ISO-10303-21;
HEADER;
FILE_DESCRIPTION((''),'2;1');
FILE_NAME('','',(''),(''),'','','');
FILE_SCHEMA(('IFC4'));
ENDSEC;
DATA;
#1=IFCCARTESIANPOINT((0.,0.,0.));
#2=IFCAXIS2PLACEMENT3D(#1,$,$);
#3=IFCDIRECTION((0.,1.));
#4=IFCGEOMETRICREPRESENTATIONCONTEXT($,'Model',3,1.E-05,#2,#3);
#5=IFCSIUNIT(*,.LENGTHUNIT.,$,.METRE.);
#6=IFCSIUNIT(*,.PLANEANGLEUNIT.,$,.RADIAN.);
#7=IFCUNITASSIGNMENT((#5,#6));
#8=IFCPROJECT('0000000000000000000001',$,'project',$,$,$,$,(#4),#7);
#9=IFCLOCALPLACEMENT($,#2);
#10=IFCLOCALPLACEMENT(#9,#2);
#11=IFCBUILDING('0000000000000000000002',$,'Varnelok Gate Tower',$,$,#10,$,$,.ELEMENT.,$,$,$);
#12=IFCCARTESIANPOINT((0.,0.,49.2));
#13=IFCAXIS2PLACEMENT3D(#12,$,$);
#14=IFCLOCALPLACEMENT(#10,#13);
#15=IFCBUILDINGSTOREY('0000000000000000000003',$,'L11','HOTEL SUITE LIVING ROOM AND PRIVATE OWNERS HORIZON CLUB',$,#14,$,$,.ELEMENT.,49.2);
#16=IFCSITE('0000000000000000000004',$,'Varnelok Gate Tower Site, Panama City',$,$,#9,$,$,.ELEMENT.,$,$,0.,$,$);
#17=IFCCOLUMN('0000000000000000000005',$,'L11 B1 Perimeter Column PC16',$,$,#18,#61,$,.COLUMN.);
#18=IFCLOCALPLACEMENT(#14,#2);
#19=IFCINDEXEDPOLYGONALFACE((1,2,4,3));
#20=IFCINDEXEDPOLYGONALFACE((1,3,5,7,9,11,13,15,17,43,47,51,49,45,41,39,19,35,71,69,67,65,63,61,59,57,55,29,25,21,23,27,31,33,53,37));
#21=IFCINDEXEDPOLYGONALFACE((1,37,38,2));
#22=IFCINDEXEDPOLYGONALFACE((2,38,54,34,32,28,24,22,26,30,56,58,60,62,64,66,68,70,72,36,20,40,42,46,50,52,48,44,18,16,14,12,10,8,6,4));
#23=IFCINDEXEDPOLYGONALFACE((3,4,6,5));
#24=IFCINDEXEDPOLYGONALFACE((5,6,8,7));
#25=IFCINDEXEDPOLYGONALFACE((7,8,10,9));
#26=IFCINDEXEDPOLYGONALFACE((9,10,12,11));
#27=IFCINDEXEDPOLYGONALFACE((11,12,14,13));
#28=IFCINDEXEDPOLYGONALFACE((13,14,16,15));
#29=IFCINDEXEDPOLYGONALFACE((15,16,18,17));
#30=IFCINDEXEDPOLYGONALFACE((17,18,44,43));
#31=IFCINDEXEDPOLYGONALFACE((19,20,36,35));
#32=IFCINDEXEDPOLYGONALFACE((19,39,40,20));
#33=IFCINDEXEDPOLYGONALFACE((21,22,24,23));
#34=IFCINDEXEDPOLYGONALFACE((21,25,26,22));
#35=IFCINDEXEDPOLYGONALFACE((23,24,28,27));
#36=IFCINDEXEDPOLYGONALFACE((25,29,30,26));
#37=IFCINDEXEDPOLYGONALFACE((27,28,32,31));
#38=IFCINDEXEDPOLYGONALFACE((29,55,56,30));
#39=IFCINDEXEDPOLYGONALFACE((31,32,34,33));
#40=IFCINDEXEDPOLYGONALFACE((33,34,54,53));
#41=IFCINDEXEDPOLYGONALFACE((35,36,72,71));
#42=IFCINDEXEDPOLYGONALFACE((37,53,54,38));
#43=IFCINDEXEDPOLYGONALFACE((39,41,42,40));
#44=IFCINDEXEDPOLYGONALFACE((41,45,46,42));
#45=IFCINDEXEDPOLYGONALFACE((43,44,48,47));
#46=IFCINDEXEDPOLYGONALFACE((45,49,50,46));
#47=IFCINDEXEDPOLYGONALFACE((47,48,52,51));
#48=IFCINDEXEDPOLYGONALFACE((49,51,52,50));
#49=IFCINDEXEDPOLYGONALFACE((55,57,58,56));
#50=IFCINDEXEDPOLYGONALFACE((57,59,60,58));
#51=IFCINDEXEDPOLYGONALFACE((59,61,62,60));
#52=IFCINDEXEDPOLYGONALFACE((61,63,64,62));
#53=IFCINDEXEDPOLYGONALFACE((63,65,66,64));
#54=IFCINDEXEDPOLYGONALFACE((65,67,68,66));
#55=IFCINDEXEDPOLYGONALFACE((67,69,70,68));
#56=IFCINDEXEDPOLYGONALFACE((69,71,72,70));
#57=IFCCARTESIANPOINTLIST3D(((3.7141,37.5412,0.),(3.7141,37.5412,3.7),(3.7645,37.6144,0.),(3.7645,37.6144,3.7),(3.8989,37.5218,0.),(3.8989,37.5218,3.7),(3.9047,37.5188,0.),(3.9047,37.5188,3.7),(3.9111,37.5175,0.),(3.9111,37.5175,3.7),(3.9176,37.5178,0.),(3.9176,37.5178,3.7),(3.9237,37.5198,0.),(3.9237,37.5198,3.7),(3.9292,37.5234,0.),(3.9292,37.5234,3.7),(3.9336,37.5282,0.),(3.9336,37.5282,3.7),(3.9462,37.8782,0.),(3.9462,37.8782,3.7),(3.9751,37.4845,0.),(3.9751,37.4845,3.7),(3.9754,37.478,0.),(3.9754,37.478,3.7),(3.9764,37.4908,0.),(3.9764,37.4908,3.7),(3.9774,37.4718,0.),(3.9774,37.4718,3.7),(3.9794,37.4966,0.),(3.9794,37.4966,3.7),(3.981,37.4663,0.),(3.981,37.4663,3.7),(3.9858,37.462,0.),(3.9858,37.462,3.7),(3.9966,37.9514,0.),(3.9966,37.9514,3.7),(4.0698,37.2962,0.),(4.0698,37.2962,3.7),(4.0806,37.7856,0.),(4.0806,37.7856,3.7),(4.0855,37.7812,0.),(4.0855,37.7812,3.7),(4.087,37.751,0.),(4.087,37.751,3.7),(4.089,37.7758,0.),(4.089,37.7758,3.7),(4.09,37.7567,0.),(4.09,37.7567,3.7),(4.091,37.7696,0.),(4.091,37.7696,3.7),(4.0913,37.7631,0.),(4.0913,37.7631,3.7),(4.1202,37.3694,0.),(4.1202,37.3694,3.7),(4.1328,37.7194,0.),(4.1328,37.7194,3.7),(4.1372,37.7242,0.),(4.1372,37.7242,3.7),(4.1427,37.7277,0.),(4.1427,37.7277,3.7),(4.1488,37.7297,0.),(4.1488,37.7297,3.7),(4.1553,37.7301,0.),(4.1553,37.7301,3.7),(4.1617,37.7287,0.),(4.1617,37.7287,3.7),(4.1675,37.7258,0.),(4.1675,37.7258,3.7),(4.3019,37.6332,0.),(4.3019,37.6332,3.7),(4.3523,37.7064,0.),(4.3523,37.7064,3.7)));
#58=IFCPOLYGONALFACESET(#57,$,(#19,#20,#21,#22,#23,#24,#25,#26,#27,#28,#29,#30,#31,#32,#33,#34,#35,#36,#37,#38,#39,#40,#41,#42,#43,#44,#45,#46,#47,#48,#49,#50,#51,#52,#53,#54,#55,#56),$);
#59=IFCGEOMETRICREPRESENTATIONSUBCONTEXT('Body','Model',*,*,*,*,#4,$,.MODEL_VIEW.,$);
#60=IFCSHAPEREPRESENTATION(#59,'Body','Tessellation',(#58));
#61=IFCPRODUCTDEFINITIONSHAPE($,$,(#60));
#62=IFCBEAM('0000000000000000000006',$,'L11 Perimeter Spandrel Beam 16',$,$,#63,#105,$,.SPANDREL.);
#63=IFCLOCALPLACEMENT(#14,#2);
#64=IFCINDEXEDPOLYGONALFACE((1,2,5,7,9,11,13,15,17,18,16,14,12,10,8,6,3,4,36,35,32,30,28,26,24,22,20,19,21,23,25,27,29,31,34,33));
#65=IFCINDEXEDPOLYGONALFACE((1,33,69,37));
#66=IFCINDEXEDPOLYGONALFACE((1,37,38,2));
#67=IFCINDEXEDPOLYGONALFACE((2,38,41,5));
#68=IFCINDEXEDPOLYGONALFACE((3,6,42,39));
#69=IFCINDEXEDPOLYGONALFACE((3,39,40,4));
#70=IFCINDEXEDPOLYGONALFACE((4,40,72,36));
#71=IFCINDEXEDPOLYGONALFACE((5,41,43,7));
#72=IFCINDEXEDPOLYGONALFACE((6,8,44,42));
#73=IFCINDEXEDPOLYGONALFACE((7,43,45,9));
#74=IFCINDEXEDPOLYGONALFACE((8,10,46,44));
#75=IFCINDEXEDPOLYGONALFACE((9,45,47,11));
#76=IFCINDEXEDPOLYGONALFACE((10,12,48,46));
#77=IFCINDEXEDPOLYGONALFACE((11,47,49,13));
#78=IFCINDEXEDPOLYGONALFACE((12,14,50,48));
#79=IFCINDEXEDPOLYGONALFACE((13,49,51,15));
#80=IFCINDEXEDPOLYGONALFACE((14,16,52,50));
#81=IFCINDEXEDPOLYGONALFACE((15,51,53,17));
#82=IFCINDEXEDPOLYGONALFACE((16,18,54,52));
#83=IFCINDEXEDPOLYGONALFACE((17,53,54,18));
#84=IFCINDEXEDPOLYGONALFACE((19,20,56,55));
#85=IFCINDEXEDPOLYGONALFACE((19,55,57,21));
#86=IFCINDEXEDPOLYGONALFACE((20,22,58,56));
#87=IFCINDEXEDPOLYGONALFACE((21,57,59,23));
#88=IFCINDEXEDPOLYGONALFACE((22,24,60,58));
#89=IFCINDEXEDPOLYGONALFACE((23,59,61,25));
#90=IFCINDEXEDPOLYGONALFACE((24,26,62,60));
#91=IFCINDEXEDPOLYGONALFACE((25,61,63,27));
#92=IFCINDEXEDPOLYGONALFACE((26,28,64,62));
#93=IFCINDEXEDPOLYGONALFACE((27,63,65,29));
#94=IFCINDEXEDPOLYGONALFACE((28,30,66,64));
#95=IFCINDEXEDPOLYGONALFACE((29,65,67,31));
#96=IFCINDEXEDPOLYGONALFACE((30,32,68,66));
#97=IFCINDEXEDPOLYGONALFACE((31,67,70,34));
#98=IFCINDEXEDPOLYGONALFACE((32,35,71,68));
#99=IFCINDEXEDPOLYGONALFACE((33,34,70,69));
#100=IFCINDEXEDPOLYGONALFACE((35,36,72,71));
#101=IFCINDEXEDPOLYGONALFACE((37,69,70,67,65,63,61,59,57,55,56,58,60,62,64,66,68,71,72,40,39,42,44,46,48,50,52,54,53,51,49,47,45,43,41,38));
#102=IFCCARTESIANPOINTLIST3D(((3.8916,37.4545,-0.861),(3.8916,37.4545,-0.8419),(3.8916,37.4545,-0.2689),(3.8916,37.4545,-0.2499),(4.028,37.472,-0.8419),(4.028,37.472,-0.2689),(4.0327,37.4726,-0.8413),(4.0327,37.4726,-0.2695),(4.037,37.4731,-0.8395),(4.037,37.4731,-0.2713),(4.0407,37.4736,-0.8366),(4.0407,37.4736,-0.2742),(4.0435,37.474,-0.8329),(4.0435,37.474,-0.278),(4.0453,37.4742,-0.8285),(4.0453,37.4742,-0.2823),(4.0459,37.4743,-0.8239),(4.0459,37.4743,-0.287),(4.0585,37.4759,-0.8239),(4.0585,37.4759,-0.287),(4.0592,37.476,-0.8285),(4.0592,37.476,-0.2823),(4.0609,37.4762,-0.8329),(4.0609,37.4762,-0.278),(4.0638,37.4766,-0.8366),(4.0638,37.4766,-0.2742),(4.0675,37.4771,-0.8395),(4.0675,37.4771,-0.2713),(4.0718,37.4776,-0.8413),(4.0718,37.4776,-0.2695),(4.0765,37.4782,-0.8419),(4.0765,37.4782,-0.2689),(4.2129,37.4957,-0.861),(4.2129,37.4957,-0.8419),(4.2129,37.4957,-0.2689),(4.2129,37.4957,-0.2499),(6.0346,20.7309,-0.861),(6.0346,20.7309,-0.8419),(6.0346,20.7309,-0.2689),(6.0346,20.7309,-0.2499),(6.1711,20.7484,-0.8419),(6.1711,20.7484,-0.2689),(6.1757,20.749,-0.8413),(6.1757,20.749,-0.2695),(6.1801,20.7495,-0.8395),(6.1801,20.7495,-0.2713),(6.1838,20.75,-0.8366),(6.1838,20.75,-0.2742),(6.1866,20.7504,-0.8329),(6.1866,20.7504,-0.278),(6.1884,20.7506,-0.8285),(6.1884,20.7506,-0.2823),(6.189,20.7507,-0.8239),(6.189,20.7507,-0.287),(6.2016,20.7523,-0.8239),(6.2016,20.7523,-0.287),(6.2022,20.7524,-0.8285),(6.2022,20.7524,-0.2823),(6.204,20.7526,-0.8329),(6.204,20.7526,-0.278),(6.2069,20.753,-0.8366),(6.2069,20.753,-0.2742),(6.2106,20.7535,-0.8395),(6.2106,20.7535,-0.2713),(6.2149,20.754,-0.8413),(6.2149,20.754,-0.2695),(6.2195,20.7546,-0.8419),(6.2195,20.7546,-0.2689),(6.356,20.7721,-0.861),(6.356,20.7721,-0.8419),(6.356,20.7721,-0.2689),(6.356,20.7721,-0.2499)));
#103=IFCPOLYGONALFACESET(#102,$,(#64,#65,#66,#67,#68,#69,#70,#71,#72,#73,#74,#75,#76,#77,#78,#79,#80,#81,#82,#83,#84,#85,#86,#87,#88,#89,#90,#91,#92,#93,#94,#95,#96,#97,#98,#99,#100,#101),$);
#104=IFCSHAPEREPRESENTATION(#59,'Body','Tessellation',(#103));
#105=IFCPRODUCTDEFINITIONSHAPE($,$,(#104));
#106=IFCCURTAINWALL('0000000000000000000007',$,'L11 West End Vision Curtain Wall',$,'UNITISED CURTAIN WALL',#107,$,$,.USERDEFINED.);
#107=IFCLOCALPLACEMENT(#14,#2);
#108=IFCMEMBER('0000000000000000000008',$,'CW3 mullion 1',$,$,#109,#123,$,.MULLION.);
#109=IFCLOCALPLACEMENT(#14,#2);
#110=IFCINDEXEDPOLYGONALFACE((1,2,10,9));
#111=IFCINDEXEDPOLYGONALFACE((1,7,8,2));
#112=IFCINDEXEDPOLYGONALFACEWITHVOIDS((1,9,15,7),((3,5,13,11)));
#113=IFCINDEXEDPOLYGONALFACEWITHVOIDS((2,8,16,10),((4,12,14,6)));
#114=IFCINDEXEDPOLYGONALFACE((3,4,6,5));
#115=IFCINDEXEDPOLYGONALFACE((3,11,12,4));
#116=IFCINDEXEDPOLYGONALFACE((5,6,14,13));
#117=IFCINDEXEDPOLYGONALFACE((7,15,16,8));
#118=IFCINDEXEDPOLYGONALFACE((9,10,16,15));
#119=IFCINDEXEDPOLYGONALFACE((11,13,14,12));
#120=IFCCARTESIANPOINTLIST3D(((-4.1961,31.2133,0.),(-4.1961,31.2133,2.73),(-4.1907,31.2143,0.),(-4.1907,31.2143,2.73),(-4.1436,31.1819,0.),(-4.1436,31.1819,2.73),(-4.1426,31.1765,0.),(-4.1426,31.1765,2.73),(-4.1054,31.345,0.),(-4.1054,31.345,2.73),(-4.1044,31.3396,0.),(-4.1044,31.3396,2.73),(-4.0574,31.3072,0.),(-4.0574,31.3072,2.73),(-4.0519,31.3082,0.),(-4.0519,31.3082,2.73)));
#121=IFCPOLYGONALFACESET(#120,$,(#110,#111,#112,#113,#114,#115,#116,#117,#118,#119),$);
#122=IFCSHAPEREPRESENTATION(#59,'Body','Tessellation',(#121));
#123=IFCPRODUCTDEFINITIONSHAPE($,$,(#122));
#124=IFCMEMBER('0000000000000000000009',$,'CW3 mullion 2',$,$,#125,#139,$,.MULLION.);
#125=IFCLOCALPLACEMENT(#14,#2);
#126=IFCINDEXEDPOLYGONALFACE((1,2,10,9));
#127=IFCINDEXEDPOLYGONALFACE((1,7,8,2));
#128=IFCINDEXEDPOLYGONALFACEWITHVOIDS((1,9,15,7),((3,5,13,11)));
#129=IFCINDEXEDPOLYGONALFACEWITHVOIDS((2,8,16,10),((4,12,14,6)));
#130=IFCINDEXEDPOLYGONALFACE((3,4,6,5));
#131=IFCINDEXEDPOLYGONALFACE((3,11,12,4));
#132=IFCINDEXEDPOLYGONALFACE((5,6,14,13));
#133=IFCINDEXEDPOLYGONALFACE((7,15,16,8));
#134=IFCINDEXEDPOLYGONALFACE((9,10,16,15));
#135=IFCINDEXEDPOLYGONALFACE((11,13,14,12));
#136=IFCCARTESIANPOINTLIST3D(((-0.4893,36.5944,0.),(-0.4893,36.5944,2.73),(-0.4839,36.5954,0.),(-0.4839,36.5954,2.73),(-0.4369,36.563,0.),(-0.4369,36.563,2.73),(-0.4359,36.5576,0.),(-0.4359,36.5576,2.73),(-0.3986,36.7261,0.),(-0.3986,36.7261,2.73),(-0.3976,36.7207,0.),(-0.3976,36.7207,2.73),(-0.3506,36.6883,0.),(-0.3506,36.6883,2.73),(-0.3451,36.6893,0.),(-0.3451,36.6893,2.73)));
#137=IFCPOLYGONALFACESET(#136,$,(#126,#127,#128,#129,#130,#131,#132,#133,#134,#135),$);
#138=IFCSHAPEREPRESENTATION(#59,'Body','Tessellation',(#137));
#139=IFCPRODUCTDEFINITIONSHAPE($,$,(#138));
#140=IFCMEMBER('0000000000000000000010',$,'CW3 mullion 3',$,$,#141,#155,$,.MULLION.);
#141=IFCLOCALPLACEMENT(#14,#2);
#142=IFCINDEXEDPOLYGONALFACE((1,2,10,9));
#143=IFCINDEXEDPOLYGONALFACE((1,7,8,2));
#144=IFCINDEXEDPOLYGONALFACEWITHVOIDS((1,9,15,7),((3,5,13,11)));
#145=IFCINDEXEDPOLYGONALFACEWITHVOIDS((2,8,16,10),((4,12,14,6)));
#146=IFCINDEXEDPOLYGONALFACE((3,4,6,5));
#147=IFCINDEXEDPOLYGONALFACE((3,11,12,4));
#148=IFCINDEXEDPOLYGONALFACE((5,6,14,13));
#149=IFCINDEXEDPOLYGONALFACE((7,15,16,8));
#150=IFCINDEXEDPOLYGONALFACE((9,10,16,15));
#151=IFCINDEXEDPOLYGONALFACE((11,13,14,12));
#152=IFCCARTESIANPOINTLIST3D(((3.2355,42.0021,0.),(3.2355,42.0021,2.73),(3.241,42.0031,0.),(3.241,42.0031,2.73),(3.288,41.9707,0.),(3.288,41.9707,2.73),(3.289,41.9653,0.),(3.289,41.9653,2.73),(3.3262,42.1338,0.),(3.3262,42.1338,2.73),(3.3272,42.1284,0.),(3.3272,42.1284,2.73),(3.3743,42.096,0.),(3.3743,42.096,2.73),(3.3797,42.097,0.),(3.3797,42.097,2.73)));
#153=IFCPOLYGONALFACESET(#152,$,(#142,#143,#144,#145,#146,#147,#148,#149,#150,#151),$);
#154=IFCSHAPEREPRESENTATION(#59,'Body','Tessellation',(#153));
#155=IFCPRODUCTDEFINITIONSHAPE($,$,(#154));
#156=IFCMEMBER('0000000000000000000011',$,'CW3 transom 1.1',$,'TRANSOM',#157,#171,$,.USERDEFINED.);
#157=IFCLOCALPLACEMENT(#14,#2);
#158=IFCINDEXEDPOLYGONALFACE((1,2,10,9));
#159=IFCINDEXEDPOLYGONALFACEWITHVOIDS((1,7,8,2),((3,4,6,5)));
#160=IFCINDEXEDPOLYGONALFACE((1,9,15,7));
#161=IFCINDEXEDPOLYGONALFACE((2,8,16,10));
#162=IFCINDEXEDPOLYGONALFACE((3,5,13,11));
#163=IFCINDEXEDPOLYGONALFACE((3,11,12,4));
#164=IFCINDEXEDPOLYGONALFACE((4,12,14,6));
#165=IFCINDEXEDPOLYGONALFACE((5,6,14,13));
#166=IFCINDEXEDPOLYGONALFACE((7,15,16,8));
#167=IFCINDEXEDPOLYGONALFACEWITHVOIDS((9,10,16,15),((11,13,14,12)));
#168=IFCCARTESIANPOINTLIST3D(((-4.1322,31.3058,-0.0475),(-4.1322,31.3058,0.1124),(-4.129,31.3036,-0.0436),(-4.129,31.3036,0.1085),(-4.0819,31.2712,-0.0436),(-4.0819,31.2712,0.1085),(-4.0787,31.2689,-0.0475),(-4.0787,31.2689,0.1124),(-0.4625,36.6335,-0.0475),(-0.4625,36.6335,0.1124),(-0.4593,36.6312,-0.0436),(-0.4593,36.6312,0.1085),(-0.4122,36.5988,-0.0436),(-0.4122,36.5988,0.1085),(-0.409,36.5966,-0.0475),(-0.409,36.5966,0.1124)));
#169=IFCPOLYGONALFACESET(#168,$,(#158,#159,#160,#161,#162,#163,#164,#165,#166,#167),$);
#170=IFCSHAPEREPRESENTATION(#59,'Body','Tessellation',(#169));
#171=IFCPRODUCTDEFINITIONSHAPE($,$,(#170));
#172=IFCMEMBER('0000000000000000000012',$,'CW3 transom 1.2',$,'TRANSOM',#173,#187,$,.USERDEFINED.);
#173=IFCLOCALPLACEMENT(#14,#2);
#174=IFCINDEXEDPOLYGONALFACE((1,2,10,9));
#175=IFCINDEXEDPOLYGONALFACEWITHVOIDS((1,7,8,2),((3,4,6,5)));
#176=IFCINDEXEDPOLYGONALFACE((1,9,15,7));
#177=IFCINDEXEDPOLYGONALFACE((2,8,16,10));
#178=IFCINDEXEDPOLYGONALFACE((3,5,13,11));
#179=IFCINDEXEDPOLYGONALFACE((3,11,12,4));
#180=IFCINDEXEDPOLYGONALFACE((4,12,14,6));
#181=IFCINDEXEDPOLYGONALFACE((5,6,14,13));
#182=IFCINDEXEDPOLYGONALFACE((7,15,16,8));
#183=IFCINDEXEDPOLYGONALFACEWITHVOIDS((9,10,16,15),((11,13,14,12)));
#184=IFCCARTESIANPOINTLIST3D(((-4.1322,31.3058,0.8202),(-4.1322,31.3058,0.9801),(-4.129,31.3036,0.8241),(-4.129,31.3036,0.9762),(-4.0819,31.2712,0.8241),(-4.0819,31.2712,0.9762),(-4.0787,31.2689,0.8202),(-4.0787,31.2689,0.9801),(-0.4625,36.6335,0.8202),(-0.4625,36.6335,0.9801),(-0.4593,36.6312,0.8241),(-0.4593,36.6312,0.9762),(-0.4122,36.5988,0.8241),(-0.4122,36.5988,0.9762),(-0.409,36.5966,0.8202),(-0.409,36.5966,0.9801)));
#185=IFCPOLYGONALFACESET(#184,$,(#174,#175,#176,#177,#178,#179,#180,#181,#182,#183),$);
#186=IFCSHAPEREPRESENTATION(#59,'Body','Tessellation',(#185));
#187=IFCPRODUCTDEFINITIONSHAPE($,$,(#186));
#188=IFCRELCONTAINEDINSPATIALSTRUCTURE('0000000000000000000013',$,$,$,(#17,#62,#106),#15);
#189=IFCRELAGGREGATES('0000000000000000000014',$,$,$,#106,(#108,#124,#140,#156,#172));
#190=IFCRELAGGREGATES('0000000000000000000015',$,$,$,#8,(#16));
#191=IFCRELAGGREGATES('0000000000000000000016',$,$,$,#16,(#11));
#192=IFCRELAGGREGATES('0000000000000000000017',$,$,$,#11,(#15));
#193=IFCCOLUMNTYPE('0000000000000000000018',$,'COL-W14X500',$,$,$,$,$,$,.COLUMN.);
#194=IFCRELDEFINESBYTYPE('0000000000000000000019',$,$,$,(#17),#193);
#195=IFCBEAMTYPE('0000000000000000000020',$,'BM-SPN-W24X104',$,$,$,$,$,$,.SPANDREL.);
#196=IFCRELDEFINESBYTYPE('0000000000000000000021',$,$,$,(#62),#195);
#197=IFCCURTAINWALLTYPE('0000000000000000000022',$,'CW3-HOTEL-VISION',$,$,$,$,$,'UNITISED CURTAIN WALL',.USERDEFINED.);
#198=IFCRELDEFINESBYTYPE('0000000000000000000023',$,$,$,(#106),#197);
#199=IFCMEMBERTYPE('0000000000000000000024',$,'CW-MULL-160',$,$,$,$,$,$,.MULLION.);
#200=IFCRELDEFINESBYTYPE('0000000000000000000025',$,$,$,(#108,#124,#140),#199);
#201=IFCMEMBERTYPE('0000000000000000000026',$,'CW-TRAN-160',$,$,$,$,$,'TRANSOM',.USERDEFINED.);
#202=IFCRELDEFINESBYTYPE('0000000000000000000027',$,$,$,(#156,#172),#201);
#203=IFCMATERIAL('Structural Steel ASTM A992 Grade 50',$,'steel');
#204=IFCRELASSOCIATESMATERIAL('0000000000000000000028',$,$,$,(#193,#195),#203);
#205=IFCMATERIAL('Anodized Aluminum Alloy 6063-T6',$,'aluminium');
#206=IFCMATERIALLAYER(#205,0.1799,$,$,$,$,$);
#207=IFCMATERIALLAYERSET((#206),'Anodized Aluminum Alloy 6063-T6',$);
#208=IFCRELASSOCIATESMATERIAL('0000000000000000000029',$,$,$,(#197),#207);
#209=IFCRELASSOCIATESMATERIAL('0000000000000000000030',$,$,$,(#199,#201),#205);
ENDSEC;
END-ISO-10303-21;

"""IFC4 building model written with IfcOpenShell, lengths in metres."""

from ifc_helpers import new_model, si_unit, direction, frame, origin, origin_2d, place, context, subcontext, project, spatial, hollow_rectangle, i_section, extrude, material, layer, layer_set, material_profile, profile_set, type_object, element, aggregate, save


model = new_model("IFC4")

# Units and contexts
model_context = context("Model", 3, precision=1e-05, world=origin(), true_north=direction((0.0, 1.0)))
body_context = subcontext(model_context, "Body", "Model", "MODEL_VIEW")
ifc_project = project(units=[si_unit("LENGTHUNIT", "METRE"), si_unit("PLANEANGLEUNIT", "RADIAN")], contexts=[model_context])

# Site, building, storey
site_placement = place(None, origin())
site = spatial("IfcSite", under=ifc_project, at=site_placement, Name="Varnelok Gate Tower Site, Panama City", CompositionType="ELEMENT", RefElevation=0.0)
building_placement = place(site_placement, origin())
building = spatial("IfcBuilding", under=site, at=building_placement, Name="Varnelok Gate Tower", CompositionType="ELEMENT")
storey_placement = place(building_placement, frame((0.0, 0.0, 49.2)))
storey = spatial("IfcBuildingStorey", under=building, at=storey_placement, Name="L11", Description="HOTEL SUITE LIVING ROOM AND PRIVATE OWNERS HORIZON CLUB", CompositionType="ELEMENT", Elevation=49.2)

# Column
ifc_material_1 = material(Name="Structural Steel ASTM A992 Grade 50", Category="steel")
ifc_material_profile_1 = material_profile(ifc_material_1, i_section(OverallWidth=0.4319, OverallDepth=0.498, WebThickness=0.0557, FlangeThickness=0.0889, FilletRadius=0.0249, at=origin_2d()), Name="W14X500")
ifc_profile_set_1 = profile_set([ifc_material_profile_1], Name="Structural Steel ASTM A992 Grade 50")
column_type = type_object("IfcColumnType", Name="COL-W14X500", PredefinedType="COLUMN", material=ifc_profile_set_1)
column_placement = place(storey_placement, frame((4.0332, 37.6238, 0.0), z_axis=(0.0, 0.0, 1.0), x_axis=(0.823533, -0.567269, 0.0)))
element("IfcColumn", 1, at=column_placement, inside=storey, type_object=column_type, Name="L11 B1 Perimeter Column PC16", PredefinedType="COLUMN", context=body_context, shape_type="SweptSolid", body=[
    extrude(i_section(OverallWidth=0.4319, OverallDepth=0.498, WebThickness=0.0557, FlangeThickness=0.0889, FilletRadius=0.0249, at=origin_2d()), origin(), (0.0, 0.0, 1.0), 3.7),
])

# Beam
ifc_material_profile_2 = material_profile(ifc_material_1, i_section(OverallWidth=0.324, OverallDepth=0.6111, WebThickness=0.0127, FlangeThickness=0.019, FilletRadius=0.0181, at=origin_2d()), Name="W24X104")
ifc_profile_set_2 = profile_set([ifc_material_profile_2], Name="Structural Steel ASTM A992 Grade 50")
beam_type = type_object("IfcBeamType", Name="BM-SPN-W24X104", PredefinedType="SPANDREL", material=ifc_profile_set_2)
beam_placement = place(storey_placement, frame((4.0522, 37.4751, -0.5554), z_axis=(0.127107, -0.991889, 0.0), x_axis=(0.991889, 0.127107, 0.0)))
element("IfcBeam", 2, at=beam_placement, inside=storey, type_object=beam_type, Name="L11 Perimeter Spandrel Beam 16", PredefinedType="SPANDREL", context=body_context, shape_type="SweptSolid", body=[
    extrude(i_section(OverallWidth=0.324, OverallDepth=0.6111, WebThickness=0.0127, FlangeThickness=0.019, FilletRadius=0.0181, at=origin_2d()), origin(), (0.0, 0.0, 1.0), 16.8604),
])

# Curtain wall, members
ifc_material_2 = material(Name="Anodized Aluminum Alloy 6063-T6", Category="aluminium")
ifc_layer_1 = layer(ifc_material_2, 0.1799)
ifc_layer_set_1 = layer_set([ifc_layer_1], Name="Anodized Aluminum Alloy 6063-T6")
curtain_wall_type = type_object("IfcCurtainWallType", Name="CW3-HOTEL-VISION", ElementType="UNITISED CURTAIN WALL", PredefinedType="USERDEFINED", material=ifc_layer_set_1)
curtain_wall_placement = place(storey_placement, origin())
curtain_wall = element("IfcCurtainWall", 3, at=curtain_wall_placement, inside=storey, type_object=curtain_wall_type, Name="L11 West End Vision Curtain Wall", ObjectType="UNITISED CURTAIN WALL", PredefinedType="USERDEFINED")
ifc_material_profile_3 = material_profile(ifc_material_2, hollow_rectangle(XDim=0.0649, YDim=0.1599, WallThickness=0.0039, at=origin_2d()), Name="ALU160X65X4")
ifc_profile_set_3 = profile_set([ifc_material_profile_3], Name="Anodized Aluminum Alloy 6063-T6")
member_type_1 = type_object("IfcMemberType", Name="CW-MULL-160", PredefinedType="MULLION", material=ifc_profile_set_3)
member_1_placement = place(storey_placement, frame((-4.124, 31.2607, 0.0), z_axis=(0.0, 0.0, 1.0), x_axis=(-0.823533, 0.567269, 0.0)))
member_1 = element("IfcMember", 4, at=member_1_placement, type_object=member_type_1, Name="CW3 mullion 1", PredefinedType="MULLION", context=body_context, shape_type="SweptSolid", body=[
    extrude(hollow_rectangle(XDim=0.0649, YDim=0.1599, WallThickness=0.0039, at=origin_2d()), origin(), (0.0, 0.0, 1.0), 2.73),
])
member_2_placement = place(storey_placement, frame((-0.4172, 36.6418, 0.0), z_axis=(0.0, 0.0, 1.0), x_axis=(-0.823533, 0.567269, 0.0)))
member_2 = element("IfcMember", 5, at=member_2_placement, type_object=member_type_1, Name="CW3 mullion 2", PredefinedType="MULLION", context=body_context, shape_type="SweptSolid", body=[
    extrude(hollow_rectangle(XDim=0.0649, YDim=0.1599, WallThickness=0.0039, at=origin_2d()), origin(), (0.0, 0.0, 1.0), 2.73),
])
member_3_placement = place(storey_placement, frame((3.3076, 42.0496, 0.0), z_axis=(0.0, 0.0, 1.0), x_axis=(-0.823533, 0.567269, 0.0)))
member_3 = element("IfcMember", 6, at=member_3_placement, type_object=member_type_1, Name="CW3 mullion 3", PredefinedType="MULLION", context=body_context, shape_type="SweptSolid", body=[
    extrude(hollow_rectangle(XDim=0.0649, YDim=0.1599, WallThickness=0.0039, at=origin_2d()), origin(), (0.0, 0.0, 1.0), 2.73),
])
ifc_material_profile_4 = material_profile(ifc_material_2, hollow_rectangle(XDim=0.0649, YDim=0.1599, WallThickness=0.0039, at=origin_2d()), Name="ALU160X65X4")
ifc_profile_set_4 = profile_set([ifc_material_profile_4], Name="Anodized Aluminum Alloy 6063-T6")
member_type_2 = type_object("IfcMemberType", Name="CW-TRAN-160", ElementType="TRANSOM", PredefinedType="USERDEFINED", material=ifc_profile_set_4)
member_4_placement = place(storey_placement, frame((-4.1055, 31.2874, 0.0325), z_axis=(0.567256, 0.823542, 0.0), x_axis=(-0.823542, 0.567256, 0.0)))
member_4 = element("IfcMember", 7, at=member_4_placement, type_object=member_type_2, Name="CW3 transom 1.1", ObjectType="TRANSOM", PredefinedType="USERDEFINED", context=body_context, shape_type="SweptSolid", body=[
    extrude(hollow_rectangle(XDim=0.0649, YDim=0.1599, WallThickness=0.0039, at=origin_2d()), origin(), (0.0, 0.0, 1.0), 6.4692),
])
member_5_placement = place(storey_placement, frame((-4.1055, 31.2874, 0.9001), z_axis=(0.567256, 0.823542, 0.0), x_axis=(-0.823542, 0.567256, 0.0)))
member_5 = element("IfcMember", 8, at=member_5_placement, type_object=member_type_2, Name="CW3 transom 1.2", ObjectType="TRANSOM", PredefinedType="USERDEFINED", context=body_context, shape_type="SweptSolid", body=[
    extrude(hollow_rectangle(XDim=0.0649, YDim=0.1599, WallThickness=0.0039, at=origin_2d()), origin(), (0.0, 0.0, 1.0), 6.4692),
])
aggregate(curtain_wall, [member_1, member_2, member_3, member_4, member_5])

save(model, "model.ifc")
